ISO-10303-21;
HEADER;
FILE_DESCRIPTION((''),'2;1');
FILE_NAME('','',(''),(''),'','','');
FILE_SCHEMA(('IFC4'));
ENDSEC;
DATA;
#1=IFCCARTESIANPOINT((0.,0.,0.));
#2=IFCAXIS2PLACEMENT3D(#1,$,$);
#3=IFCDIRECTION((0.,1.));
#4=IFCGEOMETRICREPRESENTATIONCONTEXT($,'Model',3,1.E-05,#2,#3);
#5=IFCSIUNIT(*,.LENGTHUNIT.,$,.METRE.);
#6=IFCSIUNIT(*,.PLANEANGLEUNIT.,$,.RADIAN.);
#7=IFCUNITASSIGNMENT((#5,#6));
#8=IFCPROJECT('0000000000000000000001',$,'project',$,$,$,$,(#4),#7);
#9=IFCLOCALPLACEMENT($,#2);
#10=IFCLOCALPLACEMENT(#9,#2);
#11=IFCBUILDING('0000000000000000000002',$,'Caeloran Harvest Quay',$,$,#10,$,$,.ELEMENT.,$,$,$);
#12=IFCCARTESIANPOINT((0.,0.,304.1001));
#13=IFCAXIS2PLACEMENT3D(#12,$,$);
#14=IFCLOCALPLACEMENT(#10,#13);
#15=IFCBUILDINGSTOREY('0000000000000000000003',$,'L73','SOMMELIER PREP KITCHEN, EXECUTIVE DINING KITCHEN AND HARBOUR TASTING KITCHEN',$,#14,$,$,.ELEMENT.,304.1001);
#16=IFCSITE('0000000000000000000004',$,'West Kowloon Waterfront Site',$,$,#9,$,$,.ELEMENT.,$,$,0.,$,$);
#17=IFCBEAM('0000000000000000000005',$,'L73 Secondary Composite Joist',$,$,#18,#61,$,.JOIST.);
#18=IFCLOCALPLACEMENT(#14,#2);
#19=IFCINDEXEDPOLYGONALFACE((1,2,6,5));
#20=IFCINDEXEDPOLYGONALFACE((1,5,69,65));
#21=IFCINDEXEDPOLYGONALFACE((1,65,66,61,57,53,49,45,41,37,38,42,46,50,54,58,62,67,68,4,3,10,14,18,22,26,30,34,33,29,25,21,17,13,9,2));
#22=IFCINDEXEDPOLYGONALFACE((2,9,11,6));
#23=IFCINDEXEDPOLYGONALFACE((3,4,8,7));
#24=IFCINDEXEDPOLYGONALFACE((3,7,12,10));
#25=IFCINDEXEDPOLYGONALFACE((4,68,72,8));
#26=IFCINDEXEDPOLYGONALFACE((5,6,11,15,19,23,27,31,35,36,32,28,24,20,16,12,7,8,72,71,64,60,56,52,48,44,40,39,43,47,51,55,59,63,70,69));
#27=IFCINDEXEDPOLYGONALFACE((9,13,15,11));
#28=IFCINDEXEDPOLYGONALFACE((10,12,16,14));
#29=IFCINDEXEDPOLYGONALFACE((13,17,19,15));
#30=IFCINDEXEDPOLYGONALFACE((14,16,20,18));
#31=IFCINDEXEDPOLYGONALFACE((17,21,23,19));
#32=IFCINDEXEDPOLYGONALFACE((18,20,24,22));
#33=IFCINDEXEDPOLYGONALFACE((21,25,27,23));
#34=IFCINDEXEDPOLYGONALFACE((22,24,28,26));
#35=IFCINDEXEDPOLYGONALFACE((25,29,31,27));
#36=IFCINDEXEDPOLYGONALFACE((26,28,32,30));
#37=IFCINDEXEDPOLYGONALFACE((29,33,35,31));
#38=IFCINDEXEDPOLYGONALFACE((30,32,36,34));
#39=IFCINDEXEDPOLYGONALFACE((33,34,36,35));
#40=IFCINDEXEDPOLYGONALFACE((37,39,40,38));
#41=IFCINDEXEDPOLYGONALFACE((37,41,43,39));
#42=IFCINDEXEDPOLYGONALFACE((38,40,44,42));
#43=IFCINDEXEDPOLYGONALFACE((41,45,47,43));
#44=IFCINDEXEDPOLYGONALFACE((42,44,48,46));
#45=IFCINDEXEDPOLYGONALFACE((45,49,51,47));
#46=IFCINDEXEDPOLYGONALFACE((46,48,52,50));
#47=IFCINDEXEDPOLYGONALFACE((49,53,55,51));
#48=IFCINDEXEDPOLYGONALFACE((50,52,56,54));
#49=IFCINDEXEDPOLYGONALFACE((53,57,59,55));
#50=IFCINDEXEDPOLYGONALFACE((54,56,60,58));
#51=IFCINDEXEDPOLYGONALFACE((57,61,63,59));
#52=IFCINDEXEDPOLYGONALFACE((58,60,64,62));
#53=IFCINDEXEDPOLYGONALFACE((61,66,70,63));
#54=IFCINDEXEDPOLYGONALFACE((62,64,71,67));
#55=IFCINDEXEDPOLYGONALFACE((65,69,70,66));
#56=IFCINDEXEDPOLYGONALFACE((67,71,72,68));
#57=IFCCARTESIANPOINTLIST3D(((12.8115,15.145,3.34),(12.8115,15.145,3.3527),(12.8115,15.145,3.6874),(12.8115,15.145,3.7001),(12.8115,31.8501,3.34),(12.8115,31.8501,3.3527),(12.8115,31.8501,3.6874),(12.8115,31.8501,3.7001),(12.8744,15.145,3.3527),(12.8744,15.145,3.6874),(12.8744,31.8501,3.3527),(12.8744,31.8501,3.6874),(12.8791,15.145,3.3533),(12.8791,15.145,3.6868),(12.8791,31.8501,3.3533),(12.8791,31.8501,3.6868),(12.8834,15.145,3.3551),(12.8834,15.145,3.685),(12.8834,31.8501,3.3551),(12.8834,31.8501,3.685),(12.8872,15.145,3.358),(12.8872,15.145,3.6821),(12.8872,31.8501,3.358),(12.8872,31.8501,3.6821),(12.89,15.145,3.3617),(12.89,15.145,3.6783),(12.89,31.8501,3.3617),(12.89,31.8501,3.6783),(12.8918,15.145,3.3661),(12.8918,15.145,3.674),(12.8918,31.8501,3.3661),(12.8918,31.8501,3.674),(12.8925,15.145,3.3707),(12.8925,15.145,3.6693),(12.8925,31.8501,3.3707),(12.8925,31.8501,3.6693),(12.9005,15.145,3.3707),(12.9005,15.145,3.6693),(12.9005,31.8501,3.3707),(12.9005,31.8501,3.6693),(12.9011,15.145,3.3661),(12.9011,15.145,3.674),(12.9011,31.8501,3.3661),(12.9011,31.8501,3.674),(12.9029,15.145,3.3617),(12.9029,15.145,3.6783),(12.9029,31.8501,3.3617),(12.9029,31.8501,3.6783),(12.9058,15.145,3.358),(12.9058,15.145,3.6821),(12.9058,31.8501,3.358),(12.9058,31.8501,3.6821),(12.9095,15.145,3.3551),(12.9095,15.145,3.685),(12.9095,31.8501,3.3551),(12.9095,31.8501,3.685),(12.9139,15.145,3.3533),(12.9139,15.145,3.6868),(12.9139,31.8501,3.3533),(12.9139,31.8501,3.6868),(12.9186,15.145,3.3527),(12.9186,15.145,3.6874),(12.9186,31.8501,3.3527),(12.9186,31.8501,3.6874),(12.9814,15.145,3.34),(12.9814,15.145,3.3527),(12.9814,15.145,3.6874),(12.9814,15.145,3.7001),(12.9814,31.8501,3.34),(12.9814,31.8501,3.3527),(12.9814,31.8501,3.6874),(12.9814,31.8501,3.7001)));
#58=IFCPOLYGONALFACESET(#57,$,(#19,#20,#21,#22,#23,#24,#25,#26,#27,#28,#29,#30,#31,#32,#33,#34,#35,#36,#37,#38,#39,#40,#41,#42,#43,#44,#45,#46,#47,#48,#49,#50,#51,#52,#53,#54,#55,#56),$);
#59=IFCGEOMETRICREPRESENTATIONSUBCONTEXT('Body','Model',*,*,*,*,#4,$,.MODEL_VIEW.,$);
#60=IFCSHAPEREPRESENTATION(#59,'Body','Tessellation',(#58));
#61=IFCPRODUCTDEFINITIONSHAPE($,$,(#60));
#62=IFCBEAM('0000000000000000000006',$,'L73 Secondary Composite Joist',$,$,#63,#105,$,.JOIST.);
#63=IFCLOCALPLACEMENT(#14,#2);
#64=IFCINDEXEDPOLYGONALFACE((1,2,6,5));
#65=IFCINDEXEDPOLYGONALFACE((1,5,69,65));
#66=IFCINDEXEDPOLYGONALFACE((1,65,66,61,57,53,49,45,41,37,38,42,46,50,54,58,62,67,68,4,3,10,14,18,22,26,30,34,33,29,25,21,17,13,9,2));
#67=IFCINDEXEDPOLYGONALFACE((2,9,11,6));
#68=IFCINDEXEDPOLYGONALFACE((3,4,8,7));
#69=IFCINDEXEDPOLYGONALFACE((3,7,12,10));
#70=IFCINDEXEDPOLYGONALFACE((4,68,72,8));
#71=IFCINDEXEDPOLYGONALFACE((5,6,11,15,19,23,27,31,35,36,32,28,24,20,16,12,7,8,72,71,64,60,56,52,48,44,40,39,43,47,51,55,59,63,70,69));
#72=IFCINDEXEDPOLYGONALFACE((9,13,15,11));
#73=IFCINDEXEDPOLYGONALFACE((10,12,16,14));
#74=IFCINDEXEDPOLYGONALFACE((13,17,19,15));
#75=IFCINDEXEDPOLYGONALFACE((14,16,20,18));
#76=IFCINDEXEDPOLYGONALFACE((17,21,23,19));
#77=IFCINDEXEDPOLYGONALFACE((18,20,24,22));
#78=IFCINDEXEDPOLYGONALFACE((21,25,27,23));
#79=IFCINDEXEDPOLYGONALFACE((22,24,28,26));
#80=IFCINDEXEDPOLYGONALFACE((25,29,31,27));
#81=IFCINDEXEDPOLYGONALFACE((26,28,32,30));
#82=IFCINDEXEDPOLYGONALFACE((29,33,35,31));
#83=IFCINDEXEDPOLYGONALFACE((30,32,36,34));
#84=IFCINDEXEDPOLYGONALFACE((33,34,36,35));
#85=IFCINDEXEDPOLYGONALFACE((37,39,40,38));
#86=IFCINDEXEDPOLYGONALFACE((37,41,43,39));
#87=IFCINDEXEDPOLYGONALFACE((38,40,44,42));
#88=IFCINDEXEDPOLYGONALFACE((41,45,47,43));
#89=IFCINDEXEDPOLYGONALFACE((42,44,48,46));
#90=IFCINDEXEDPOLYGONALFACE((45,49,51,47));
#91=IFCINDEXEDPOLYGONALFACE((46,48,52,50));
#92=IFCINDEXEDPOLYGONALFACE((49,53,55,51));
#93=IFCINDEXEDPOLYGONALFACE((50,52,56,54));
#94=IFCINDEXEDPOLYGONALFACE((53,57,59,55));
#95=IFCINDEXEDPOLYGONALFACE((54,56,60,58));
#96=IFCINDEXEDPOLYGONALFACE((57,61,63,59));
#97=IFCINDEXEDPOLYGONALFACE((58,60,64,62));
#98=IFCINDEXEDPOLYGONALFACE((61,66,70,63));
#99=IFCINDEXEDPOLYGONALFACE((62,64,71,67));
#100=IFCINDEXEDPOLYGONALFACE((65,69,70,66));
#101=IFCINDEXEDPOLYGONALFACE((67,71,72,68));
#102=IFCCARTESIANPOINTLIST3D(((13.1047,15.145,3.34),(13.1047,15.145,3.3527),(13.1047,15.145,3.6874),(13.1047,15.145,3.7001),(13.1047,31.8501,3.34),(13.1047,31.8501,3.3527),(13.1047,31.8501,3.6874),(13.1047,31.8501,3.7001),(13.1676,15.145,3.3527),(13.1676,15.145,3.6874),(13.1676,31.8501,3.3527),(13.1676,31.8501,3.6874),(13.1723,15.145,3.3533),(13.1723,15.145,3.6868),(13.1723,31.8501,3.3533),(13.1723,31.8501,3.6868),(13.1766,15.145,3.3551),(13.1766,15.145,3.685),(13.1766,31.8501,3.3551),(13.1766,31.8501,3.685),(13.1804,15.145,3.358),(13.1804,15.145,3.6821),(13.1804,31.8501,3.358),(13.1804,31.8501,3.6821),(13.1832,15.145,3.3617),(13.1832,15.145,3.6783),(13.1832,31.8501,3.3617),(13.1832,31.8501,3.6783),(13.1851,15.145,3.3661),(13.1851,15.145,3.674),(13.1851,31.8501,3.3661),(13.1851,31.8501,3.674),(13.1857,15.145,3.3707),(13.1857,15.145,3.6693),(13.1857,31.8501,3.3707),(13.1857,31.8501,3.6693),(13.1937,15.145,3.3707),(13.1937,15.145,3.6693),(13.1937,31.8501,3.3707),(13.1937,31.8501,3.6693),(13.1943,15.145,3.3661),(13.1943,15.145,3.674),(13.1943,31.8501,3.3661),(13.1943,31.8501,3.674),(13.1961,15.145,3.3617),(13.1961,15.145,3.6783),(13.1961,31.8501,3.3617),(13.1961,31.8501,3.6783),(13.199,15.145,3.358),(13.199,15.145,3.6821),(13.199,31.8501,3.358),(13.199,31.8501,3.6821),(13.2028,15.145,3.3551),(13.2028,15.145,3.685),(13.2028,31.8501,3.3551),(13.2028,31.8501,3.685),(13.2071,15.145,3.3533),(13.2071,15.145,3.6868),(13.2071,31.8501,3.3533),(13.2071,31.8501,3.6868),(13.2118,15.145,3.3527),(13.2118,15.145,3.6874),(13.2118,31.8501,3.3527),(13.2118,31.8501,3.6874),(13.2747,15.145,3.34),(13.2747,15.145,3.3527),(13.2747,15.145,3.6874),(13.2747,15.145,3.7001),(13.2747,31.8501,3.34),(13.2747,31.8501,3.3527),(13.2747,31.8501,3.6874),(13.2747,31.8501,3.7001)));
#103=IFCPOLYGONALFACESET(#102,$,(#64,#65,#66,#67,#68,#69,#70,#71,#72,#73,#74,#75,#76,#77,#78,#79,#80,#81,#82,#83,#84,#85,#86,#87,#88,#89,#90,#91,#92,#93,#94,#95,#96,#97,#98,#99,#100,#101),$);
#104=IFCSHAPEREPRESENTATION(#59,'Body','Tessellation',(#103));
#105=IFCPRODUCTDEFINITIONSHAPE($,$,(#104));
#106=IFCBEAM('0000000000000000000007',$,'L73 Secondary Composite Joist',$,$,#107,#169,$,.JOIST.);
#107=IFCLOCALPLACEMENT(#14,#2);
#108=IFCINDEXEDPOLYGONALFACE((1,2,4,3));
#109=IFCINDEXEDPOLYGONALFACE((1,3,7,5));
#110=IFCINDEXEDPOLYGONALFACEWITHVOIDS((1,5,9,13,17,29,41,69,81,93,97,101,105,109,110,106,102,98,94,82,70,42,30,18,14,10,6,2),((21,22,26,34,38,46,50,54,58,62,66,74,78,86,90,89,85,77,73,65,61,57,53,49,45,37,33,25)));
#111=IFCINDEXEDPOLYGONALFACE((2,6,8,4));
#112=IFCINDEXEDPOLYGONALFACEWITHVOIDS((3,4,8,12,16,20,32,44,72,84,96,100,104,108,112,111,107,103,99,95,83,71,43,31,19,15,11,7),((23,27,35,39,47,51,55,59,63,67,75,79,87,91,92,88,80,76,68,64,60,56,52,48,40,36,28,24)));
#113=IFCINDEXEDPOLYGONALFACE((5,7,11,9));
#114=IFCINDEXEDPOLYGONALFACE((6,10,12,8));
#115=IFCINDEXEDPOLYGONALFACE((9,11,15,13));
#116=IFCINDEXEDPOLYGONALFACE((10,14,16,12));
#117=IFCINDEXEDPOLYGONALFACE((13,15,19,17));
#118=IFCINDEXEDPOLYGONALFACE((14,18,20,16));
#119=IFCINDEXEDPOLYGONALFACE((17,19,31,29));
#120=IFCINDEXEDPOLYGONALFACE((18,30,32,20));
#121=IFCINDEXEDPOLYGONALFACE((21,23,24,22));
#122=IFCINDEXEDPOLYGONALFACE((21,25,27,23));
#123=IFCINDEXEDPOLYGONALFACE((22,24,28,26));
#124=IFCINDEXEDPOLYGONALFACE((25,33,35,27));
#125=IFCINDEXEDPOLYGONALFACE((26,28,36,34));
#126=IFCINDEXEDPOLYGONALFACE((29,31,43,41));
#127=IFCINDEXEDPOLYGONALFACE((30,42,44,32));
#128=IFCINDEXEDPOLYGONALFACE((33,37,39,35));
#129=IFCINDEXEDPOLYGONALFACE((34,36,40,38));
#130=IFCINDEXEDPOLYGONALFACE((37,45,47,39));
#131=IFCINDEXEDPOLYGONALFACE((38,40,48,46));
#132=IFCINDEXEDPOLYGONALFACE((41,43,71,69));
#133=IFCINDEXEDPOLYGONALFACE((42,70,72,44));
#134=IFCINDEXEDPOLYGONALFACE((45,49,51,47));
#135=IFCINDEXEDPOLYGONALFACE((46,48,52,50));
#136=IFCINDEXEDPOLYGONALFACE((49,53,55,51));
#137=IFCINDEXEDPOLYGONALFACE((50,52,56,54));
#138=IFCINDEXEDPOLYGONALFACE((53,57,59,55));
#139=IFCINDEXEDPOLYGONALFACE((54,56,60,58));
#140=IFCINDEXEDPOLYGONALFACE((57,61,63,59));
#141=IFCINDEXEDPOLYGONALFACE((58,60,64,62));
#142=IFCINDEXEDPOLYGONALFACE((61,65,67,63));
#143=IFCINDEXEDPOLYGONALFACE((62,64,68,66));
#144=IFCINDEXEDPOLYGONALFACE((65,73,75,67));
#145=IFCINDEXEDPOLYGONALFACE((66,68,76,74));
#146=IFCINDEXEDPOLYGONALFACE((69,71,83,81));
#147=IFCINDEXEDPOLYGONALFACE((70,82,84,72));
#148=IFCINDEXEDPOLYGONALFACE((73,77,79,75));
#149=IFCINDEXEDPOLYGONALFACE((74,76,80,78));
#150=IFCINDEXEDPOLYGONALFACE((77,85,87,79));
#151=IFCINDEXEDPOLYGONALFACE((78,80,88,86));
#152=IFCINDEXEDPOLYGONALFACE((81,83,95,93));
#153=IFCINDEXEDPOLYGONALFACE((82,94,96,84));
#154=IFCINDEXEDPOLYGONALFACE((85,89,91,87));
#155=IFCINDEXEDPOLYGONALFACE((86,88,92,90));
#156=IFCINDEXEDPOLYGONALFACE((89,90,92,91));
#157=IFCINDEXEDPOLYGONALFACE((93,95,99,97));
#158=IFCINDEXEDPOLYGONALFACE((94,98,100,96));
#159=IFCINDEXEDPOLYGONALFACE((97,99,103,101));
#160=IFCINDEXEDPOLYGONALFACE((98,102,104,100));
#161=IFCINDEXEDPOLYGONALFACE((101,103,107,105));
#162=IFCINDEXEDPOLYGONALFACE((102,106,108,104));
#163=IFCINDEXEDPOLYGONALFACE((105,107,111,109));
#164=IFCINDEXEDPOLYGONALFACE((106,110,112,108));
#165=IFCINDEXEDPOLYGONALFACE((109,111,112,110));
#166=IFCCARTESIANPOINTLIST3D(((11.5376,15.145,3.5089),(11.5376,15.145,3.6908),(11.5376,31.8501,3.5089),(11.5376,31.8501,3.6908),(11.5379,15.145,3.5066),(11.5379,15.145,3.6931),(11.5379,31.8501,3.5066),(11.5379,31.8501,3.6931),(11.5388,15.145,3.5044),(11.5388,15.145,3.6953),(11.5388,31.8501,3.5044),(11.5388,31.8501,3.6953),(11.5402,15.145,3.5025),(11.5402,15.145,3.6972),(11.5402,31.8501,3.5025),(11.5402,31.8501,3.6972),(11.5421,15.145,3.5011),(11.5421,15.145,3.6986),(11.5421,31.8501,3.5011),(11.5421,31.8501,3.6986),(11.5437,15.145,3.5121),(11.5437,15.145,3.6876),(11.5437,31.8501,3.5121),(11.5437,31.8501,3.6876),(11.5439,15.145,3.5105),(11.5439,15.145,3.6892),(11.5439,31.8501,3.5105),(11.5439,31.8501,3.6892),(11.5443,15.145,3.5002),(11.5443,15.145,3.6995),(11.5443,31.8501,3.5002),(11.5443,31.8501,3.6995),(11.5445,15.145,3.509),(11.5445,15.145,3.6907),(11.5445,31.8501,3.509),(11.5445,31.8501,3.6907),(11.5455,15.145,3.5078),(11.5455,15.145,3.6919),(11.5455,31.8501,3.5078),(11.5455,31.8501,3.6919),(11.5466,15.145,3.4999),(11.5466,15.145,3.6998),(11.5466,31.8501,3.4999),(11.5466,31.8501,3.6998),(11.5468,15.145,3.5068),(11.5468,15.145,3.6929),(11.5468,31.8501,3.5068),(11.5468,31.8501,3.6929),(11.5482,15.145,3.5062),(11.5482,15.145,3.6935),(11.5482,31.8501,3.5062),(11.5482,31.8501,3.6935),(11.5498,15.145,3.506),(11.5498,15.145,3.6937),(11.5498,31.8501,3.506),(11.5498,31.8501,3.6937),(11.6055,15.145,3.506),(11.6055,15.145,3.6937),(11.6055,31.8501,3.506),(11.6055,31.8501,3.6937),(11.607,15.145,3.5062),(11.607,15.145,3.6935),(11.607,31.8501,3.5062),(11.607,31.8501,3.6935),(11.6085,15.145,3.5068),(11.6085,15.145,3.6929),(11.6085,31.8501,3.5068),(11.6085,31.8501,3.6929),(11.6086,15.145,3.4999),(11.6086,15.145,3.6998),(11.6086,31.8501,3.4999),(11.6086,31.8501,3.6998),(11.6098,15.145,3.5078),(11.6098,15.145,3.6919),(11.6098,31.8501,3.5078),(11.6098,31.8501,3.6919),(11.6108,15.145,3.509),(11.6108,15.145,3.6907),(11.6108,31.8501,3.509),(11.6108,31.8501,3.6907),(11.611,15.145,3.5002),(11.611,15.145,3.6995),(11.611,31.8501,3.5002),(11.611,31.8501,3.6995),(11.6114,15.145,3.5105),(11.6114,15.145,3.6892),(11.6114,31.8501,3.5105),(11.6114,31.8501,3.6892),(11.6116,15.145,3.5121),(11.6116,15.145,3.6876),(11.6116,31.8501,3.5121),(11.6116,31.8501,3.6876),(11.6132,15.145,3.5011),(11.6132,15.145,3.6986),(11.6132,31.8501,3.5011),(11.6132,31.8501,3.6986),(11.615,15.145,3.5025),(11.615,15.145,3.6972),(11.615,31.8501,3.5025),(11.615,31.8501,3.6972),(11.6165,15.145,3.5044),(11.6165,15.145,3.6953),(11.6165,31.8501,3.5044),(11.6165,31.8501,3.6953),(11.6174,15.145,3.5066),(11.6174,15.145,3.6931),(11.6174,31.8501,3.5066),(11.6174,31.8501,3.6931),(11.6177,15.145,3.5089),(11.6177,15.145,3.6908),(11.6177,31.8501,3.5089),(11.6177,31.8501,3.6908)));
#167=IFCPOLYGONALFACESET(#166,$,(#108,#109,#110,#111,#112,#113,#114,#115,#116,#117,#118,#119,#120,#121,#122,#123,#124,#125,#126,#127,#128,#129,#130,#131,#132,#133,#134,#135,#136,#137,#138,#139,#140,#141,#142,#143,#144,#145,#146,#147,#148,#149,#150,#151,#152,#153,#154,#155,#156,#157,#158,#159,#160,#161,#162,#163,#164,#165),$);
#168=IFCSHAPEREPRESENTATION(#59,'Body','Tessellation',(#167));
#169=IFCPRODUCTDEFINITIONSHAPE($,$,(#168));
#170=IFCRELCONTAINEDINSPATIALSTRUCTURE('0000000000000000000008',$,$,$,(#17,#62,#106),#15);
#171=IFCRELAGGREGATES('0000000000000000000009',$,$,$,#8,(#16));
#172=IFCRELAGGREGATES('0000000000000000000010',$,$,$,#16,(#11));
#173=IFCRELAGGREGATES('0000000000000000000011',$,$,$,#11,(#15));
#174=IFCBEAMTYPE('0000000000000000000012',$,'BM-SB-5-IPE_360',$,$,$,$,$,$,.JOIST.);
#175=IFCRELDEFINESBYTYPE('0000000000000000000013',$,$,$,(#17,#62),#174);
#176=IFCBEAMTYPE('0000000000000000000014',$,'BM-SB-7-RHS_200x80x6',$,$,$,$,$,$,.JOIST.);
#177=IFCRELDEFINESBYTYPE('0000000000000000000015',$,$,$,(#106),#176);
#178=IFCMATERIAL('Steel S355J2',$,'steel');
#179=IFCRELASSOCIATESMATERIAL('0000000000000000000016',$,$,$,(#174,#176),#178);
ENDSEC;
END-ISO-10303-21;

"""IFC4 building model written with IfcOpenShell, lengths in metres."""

from ifc_helpers import new_model, si_unit, direction, frame, origin, origin_2d, place, context, subcontext, project, spatial, hollow_rectangle, i_section, extrude, material, material_profile, profile_set, type_object, element, save


model = new_model("IFC4")

# Units and contexts
model_context = context("Model", 3, precision=1e-05, world=origin(), true_north=direction((0.0, 1.0)))
body_context = subcontext(model_context, "Body", "Model", "MODEL_VIEW")
ifc_project = project(units=[si_unit("LENGTHUNIT", "METRE"), si_unit("PLANEANGLEUNIT", "RADIAN")], contexts=[model_context])

# Site, building, storey
site_placement = place(None, origin())
site = spatial("IfcSite", under=ifc_project, at=site_placement, Name="West Kowloon Waterfront Site", CompositionType="ELEMENT", RefElevation=0.0)
building_placement = place(site_placement, origin())
building = spatial("IfcBuilding", under=site, at=building_placement, Name="Caeloran Harvest Quay", CompositionType="ELEMENT")
storey_placement = place(building_placement, frame((0.0, 0.0, 304.1001)))
storey = spatial("IfcBuildingStorey", under=building, at=storey_placement, Name="L73", Description="SOMMELIER PREP KITCHEN, EXECUTIVE DINING KITCHEN AND HARBOUR TASTING KITCHEN", CompositionType="ELEMENT", Elevation=304.1001)

# Beams
ifc_material_1 = material(Name="Steel S355J2", Category="steel")
ifc_material_profile_1 = material_profile(ifc_material_1, i_section(OverallWidth=0.1699, OverallDepth=0.3601, WebThickness=0.0081, FlangeThickness=0.0127, FilletRadius=0.0181, at=origin_2d()), Name="IPE 360")
ifc_profile_set_1 = profile_set([ifc_material_profile_1], Name="Steel S355J2")
beam_type_1 = type_object("IfcBeamType", Name="BM-SB-5-IPE_360", PredefinedType="JOIST", material=ifc_profile_set_1)
for number, where, z_axis, x_axis, name in (
    (1, (12.8965, 15.145, 3.52), (0.0, 1.0, 0.0), (-1.0, 0.0, 0.0), "L73 Secondary Composite Joist"),
    (2, (13.1897, 15.145, 3.52), (0.0, 1.0, 0.0), (-1.0, 0.0, 0.0), "L73 Secondary Composite Joist"),
):
    element("IfcBeam", number, at=place(storey_placement, frame(where, z_axis=z_axis, x_axis=x_axis)), inside=storey, type_object=beam_type_1, Name=name, PredefinedType="JOIST", context=body_context, shape_type="SweptSolid", body=[
        extrude(i_section(OverallWidth=0.1699, OverallDepth=0.3601, WebThickness=0.0081, FlangeThickness=0.0127, FilletRadius=0.0181, at=origin_2d()), origin(), (0.0, 0.0, 1.0), 16.7051),
    ])
ifc_material_profile_2 = material_profile(ifc_material_1, hollow_rectangle(XDim=0.0801, YDim=0.2, WallThickness=0.0061, InnerFilletRadius=0.0061, OuterFilletRadius=0.009, at=origin_2d()), Name="RHS 200x80x6")
ifc_profile_set_2 = profile_set([ifc_material_profile_2], Name="Steel S355J2")
beam_type_2 = type_object("IfcBeamType", Name="BM-SB-7-RHS_200x80x6", PredefinedType="JOIST", material=ifc_profile_set_2)
for number, where, z_axis, x_axis, name in (
    (3, (11.5776, 15.145, 3.5999), (0.0, 1.0, 0.0), (-1.0, 0.0, 0.0), "L73 Secondary Composite Joist"),
):
    element("IfcBeam", number, at=place(storey_placement, frame(where, z_axis=z_axis, x_axis=x_axis)), inside=storey, type_object=beam_type_2, Name=name, PredefinedType="JOIST", context=body_context, shape_type="SweptSolid", body=[
        extrude(hollow_rectangle(XDim=0.0801, YDim=0.2, WallThickness=0.0061, InnerFilletRadius=0.0061, OuterFilletRadius=0.009, at=origin_2d()), origin(), (0.0, 0.0, 1.0), 16.7051),
    ])

save(model, "model.ifc")
